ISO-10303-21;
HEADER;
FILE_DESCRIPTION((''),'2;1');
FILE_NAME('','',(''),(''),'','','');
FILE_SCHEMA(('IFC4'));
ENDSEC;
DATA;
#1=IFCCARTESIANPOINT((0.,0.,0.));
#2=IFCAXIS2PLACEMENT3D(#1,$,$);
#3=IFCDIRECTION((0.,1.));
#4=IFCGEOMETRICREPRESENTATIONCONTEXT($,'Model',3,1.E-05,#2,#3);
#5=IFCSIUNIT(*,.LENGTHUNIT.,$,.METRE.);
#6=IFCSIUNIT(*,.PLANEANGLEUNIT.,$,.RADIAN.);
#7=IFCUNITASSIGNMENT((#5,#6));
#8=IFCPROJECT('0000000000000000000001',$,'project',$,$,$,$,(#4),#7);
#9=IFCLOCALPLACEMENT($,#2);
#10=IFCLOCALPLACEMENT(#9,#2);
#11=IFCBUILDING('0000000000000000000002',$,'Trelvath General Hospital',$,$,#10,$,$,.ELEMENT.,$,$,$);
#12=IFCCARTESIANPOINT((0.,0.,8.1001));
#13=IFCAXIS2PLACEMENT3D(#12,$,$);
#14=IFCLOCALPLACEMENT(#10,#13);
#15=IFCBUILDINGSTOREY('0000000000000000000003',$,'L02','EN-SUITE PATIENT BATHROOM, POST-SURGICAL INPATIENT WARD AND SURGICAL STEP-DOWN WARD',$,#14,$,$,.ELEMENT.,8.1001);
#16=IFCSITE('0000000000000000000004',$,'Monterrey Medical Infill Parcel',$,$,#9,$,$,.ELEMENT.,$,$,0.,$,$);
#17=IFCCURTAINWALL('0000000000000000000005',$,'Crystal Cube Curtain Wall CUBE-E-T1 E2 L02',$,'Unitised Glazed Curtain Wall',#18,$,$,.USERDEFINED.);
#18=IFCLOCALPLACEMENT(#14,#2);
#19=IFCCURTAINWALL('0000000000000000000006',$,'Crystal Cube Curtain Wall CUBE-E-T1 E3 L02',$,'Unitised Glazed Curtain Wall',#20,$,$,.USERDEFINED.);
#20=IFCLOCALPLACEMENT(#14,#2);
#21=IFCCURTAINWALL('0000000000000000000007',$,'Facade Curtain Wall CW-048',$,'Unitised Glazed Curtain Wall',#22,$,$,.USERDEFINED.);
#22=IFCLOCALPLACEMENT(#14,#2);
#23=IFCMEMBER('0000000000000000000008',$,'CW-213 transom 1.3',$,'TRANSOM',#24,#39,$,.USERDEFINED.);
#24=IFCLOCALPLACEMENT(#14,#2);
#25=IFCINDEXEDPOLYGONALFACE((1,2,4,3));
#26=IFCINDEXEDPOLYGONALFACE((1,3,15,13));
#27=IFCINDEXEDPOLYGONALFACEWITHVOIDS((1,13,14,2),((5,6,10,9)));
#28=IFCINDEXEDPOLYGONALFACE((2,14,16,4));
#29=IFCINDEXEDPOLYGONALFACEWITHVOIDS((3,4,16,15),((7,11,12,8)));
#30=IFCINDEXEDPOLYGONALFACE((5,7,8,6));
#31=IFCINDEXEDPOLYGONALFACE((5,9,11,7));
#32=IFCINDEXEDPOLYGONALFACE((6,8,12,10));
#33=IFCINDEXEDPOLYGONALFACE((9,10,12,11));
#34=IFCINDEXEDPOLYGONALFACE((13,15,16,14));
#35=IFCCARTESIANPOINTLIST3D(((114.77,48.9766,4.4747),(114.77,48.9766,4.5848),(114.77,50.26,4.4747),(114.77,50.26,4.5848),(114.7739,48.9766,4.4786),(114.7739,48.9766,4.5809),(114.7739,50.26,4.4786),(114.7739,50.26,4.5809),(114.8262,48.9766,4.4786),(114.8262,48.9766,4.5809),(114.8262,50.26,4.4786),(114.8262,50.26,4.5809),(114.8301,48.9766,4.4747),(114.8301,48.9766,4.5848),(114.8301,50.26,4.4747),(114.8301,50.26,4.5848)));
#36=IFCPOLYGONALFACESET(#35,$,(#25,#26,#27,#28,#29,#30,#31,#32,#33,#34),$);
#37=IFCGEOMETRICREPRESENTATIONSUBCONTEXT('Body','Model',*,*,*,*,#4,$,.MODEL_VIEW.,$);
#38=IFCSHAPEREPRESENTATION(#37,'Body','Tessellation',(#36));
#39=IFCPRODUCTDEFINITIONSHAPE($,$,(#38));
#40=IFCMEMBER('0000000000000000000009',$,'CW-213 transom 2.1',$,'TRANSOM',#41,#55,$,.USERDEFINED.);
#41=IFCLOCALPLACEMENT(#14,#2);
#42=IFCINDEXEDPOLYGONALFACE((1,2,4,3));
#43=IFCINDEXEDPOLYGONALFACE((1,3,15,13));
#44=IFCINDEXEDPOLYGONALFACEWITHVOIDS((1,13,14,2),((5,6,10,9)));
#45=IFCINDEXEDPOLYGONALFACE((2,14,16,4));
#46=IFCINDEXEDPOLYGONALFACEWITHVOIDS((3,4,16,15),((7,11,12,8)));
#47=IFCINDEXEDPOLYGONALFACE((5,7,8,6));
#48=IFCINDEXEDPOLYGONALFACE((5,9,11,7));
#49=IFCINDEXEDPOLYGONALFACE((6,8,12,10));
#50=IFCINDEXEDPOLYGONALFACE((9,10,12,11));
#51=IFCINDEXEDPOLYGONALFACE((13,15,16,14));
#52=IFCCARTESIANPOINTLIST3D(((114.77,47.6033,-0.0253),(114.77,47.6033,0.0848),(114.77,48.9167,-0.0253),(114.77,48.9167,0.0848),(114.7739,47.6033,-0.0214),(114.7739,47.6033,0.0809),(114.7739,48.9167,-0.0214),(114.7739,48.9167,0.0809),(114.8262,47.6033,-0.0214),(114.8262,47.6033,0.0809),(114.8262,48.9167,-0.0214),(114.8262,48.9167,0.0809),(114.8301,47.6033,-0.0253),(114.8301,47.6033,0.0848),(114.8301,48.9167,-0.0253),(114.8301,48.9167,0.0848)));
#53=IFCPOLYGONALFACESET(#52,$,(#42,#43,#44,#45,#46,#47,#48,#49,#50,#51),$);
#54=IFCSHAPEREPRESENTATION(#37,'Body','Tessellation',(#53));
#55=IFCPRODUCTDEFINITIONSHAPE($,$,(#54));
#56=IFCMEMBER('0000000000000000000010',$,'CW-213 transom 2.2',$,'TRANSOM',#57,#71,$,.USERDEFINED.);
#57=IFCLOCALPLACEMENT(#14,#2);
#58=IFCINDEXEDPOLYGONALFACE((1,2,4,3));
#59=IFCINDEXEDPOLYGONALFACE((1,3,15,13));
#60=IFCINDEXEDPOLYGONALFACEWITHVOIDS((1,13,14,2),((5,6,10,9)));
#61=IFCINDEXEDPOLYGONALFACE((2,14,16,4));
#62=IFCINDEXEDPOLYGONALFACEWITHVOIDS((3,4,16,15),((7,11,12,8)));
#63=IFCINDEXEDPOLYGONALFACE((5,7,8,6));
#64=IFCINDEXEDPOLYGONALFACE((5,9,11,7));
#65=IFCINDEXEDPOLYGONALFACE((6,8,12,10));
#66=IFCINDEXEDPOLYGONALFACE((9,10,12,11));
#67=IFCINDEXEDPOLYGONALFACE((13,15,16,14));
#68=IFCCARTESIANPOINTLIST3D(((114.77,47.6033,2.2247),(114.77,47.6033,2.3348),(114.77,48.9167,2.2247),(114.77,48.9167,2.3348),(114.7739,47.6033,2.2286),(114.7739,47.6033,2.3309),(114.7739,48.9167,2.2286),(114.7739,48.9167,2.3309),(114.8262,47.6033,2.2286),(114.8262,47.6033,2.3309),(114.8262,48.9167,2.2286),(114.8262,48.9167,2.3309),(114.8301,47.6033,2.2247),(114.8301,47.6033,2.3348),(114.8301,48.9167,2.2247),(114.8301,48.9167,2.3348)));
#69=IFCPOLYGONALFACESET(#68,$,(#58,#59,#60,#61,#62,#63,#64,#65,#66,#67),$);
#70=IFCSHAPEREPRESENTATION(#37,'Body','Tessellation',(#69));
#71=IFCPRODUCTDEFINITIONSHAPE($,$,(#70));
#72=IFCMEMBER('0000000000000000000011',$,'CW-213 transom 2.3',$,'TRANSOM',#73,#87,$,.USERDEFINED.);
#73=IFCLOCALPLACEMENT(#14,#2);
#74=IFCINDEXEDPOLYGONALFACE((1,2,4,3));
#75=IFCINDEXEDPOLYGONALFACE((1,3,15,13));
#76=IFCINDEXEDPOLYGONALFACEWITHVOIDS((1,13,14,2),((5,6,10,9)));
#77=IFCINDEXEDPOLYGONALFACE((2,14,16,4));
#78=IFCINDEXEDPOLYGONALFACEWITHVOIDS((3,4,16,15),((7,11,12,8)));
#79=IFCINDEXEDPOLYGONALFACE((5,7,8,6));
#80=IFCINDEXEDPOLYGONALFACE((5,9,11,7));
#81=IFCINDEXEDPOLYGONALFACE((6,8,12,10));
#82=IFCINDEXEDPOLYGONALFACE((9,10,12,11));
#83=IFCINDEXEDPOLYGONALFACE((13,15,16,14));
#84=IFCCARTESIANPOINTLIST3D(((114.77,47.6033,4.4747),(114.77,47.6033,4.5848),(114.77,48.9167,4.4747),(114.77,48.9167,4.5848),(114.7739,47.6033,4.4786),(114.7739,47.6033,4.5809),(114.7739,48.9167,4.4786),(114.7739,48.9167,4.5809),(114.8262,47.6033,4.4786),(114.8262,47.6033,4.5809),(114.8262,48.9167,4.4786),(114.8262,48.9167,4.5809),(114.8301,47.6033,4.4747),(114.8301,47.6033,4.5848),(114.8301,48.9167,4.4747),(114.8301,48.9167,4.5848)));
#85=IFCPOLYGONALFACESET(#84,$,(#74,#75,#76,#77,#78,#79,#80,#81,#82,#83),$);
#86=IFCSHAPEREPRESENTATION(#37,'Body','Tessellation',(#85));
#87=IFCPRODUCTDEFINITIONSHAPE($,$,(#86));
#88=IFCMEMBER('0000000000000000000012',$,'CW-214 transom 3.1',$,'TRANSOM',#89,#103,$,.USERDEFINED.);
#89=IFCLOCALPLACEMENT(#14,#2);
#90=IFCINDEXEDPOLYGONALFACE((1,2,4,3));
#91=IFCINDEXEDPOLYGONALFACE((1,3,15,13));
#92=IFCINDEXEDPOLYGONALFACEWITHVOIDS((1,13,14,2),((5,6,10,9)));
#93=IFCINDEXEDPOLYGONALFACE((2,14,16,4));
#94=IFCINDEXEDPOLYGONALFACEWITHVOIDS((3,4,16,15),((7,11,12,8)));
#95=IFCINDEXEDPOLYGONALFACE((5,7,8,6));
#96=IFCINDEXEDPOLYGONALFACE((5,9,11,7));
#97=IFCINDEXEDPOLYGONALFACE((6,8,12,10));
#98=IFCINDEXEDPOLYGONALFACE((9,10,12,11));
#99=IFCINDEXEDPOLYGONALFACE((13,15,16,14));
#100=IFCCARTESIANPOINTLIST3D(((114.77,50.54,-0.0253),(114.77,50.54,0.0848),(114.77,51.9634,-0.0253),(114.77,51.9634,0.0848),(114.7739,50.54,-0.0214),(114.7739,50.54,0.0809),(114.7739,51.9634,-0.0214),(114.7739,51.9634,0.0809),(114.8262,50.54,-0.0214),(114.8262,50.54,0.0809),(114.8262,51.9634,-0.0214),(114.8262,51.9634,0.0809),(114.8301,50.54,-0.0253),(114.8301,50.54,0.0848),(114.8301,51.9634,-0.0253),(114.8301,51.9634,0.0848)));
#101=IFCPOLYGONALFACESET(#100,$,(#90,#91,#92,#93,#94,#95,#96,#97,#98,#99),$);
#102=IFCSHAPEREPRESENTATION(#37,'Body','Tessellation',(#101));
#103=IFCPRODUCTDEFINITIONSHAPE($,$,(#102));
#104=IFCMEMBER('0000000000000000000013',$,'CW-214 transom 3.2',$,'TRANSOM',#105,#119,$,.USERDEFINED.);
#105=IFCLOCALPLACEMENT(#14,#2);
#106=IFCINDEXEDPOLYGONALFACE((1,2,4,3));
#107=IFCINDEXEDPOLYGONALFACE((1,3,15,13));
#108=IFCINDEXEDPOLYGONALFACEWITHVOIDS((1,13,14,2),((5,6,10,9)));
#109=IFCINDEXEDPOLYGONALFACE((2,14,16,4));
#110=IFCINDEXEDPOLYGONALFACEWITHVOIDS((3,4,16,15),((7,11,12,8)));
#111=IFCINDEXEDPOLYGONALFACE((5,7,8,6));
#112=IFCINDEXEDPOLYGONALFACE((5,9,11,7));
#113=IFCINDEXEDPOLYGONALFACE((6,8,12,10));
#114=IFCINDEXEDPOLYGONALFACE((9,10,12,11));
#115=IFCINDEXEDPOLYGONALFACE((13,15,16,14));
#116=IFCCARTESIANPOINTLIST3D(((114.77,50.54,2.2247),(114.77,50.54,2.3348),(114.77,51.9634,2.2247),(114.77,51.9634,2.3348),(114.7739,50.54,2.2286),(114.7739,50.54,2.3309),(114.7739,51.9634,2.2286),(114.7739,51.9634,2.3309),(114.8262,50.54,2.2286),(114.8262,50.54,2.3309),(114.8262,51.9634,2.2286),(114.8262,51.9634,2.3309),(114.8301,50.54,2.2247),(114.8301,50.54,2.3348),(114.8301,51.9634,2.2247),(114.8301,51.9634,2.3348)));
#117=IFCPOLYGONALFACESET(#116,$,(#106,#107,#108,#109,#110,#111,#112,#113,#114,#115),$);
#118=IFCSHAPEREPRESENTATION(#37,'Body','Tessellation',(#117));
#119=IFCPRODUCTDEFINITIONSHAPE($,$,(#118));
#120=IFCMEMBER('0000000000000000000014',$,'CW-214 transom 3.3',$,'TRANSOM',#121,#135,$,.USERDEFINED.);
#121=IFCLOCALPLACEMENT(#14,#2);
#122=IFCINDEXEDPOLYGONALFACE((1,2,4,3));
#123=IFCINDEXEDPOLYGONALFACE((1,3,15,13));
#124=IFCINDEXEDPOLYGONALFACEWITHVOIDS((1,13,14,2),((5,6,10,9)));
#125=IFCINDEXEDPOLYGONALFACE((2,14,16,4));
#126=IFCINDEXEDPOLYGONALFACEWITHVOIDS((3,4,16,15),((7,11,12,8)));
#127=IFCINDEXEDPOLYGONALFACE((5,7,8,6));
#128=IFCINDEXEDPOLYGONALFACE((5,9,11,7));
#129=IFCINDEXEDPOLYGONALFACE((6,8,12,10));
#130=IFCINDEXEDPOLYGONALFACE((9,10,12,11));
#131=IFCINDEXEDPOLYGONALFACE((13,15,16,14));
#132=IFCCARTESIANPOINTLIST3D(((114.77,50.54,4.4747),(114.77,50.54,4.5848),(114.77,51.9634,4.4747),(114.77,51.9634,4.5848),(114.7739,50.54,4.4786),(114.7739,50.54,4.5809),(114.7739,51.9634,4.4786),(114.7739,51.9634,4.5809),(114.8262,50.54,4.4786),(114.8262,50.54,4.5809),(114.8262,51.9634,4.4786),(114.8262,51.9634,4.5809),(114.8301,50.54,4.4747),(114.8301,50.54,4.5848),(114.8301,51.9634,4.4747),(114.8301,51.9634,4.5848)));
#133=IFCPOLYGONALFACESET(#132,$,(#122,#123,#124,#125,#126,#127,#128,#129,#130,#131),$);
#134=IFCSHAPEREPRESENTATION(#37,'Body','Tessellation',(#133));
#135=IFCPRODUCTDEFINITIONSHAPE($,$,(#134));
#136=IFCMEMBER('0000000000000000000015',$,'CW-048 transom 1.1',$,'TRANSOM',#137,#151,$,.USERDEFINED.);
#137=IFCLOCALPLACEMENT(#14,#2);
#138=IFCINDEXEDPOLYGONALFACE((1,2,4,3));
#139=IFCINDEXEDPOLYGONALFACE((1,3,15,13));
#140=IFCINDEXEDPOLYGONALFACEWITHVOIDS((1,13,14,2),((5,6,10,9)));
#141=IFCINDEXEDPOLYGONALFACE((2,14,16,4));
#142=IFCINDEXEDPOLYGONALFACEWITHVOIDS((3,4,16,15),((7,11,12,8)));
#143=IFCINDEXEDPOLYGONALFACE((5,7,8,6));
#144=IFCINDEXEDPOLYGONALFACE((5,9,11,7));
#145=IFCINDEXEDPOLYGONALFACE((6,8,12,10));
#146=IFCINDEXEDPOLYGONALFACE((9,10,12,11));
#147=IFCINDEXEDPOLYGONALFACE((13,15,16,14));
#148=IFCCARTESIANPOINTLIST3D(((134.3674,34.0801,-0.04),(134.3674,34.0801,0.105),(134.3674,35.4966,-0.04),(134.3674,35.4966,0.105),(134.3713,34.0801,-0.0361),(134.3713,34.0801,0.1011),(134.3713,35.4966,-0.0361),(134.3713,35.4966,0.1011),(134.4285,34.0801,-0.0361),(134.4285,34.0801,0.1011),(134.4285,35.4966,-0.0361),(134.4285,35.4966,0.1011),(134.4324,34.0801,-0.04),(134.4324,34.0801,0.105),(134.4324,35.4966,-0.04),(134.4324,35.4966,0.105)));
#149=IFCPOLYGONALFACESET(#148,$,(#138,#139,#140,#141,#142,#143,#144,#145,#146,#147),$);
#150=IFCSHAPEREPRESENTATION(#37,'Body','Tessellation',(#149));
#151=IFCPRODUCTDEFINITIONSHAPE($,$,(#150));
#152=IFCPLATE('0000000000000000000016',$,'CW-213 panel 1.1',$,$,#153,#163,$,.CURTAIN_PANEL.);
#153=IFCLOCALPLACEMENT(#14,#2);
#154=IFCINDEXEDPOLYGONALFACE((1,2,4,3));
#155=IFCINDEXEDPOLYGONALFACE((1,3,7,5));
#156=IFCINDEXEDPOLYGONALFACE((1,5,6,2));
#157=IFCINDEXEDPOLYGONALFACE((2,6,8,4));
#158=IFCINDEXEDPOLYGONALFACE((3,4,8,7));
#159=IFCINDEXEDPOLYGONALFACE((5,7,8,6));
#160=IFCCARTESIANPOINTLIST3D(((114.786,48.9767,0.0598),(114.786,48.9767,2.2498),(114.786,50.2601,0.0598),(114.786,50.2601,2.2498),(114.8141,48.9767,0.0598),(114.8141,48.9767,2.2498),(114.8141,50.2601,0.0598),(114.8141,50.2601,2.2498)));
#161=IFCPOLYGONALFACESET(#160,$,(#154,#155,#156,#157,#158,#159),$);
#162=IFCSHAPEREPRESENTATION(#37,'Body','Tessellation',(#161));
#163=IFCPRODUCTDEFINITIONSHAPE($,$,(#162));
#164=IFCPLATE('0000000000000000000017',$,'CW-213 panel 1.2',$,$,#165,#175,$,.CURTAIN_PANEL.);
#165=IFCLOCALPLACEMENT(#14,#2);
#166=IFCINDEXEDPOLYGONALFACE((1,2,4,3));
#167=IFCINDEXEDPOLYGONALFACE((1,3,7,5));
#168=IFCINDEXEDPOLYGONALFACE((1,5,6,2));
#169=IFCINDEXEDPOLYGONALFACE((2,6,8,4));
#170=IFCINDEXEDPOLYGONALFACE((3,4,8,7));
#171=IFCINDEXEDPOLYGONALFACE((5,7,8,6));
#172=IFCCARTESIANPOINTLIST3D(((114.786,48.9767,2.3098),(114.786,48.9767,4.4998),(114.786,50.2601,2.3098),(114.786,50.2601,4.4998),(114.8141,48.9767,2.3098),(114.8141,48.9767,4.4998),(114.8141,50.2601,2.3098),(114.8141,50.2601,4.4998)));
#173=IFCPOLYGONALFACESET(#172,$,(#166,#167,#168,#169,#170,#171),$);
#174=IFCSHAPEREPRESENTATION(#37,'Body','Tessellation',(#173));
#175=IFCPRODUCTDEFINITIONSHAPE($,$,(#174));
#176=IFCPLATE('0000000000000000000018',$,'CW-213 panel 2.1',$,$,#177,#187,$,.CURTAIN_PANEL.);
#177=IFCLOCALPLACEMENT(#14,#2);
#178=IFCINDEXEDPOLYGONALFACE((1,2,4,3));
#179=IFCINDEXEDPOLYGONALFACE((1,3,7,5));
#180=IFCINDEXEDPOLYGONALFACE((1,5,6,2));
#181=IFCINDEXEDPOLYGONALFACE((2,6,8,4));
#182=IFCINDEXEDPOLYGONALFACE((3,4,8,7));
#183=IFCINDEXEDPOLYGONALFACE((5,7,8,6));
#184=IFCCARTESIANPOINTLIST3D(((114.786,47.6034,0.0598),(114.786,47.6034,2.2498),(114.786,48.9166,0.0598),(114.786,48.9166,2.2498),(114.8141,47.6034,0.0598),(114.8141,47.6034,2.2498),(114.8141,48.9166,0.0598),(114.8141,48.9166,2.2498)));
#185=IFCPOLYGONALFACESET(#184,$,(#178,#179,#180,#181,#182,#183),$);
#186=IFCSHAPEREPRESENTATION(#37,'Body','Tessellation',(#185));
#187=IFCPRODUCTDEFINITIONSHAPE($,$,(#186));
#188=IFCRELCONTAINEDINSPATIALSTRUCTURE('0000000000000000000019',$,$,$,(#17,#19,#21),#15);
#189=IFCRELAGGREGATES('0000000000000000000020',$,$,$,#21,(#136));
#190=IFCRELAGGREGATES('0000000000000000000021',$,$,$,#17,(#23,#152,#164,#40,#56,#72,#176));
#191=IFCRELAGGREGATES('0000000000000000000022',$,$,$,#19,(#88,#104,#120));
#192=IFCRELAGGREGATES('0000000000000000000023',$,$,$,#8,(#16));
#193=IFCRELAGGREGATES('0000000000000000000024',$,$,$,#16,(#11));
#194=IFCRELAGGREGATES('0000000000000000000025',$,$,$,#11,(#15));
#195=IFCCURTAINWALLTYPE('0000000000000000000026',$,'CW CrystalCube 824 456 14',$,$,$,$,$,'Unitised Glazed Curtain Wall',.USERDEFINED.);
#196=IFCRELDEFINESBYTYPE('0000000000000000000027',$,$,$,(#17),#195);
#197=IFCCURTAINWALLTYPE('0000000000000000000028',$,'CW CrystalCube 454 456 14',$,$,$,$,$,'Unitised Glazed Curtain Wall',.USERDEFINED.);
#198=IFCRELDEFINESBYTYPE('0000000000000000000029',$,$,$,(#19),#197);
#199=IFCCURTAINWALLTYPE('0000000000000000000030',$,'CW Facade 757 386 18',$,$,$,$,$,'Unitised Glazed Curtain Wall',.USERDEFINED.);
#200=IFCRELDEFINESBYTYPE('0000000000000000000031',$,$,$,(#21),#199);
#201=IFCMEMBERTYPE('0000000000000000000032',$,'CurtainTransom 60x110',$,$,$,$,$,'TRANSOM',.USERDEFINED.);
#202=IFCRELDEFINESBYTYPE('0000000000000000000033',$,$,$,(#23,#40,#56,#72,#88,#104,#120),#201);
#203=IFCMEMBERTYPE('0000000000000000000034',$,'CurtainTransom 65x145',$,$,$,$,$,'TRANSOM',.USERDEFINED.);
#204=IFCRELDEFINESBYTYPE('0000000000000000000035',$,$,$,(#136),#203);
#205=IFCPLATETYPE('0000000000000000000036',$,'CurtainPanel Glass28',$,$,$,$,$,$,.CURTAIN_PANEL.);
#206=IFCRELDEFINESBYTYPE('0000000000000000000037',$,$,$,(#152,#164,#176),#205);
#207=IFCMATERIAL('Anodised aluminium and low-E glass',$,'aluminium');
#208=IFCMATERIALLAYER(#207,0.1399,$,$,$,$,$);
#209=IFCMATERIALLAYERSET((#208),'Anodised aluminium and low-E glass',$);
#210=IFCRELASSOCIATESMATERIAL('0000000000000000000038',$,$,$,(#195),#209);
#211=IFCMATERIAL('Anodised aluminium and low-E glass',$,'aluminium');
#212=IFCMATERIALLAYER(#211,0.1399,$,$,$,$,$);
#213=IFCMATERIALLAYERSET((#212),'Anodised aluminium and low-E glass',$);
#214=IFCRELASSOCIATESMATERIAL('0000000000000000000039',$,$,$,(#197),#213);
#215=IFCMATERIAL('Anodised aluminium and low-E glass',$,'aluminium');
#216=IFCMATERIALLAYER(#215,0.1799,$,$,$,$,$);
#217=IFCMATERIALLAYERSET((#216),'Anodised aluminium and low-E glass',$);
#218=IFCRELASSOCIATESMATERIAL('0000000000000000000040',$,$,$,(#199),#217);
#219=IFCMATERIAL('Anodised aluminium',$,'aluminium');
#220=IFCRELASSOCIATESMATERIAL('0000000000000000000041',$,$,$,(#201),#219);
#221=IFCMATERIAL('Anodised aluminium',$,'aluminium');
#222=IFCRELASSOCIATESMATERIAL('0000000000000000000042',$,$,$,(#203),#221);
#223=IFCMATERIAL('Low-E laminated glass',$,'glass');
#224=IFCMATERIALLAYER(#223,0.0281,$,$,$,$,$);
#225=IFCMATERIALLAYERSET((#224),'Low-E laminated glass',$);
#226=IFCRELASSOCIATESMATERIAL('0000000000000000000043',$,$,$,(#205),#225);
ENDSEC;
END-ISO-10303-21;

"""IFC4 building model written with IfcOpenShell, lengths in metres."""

from ifc_helpers import new_model, si_unit, direction, frame, origin, origin_2d, place, context, subcontext, project, spatial, rectangle, hollow_rectangle, extrude, material, layer, layer_set, material_profile, profile_set, type_object, element, aggregate, save


model = new_model("IFC4")

# Units and contexts
model_context = context("Model", 3, precision=1e-05, world=origin(), true_north=direction((0.0, 1.0)))
body_context = subcontext(model_context, "Body", "Model", "MODEL_VIEW")
ifc_project = project(units=[si_unit("LENGTHUNIT", "METRE"), si_unit("PLANEANGLEUNIT", "RADIAN")], contexts=[model_context])

# Site, building, storey
site_placement = place(None, origin())
site = spatial("IfcSite", under=ifc_project, at=site_placement, Name="Monterrey Medical Infill Parcel", CompositionType="ELEMENT", RefElevation=0.0)
building_placement = place(site_placement, origin())
building = spatial("IfcBuilding", under=site, at=building_placement, Name="Trelvath General Hospital", CompositionType="ELEMENT")
storey_placement = place(building_placement, frame((0.0, 0.0, 8.1001)))
storey = spatial("IfcBuildingStorey", under=building, at=storey_placement, Name="L02", Description="EN-SUITE PATIENT BATHROOM, POST-SURGICAL INPATIENT WARD AND SURGICAL STEP-DOWN WARD", CompositionType="ELEMENT", Elevation=8.1001)

# Curtain walls
ifc_material_1 = material(Name="Anodised aluminium and low-E glass", Category="aluminium")
ifc_layer_1 = layer(ifc_material_1, 0.1399)
ifc_layer_set_1 = layer_set([ifc_layer_1], Name="Anodised aluminium and low-E glass")
curtain_wall_type_1 = type_object("IfcCurtainWallType", Name="CW CrystalCube 824 456 14", ElementType="Unitised Glazed Curtain Wall", PredefinedType="USERDEFINED", material=ifc_layer_set_1)
curtain_wall_1_placement = place(storey_placement, origin())
curtain_wall_1 = element("IfcCurtainWall", 1, at=curtain_wall_1_placement, inside=storey, type_object=curtain_wall_type_1, Name="Crystal Cube Curtain Wall CUBE-E-T1 E2 L02", ObjectType="Unitised Glazed Curtain Wall", PredefinedType="USERDEFINED")
ifc_material_2 = material(Name="Anodised aluminium and low-E glass", Category="aluminium")
ifc_layer_2 = layer(ifc_material_2, 0.1399)
ifc_layer_set_2 = layer_set([ifc_layer_2], Name="Anodised aluminium and low-E glass")
curtain_wall_type_2 = type_object("IfcCurtainWallType", Name="CW CrystalCube 454 456 14", ElementType="Unitised Glazed Curtain Wall", PredefinedType="USERDEFINED", material=ifc_layer_set_2)
curtain_wall_2_placement = place(storey_placement, origin())
curtain_wall_2 = element("IfcCurtainWall", 2, at=curtain_wall_2_placement, inside=storey, type_object=curtain_wall_type_2, Name="Crystal Cube Curtain Wall CUBE-E-T1 E3 L02", ObjectType="Unitised Glazed Curtain Wall", PredefinedType="USERDEFINED")

# Curtain wall
ifc_material_3 = material(Name="Anodised aluminium and low-E glass", Category="aluminium")
ifc_layer_3 = layer(ifc_material_3, 0.1799)
ifc_layer_set_3 = layer_set([ifc_layer_3], Name="Anodised aluminium and low-E glass")
curtain_wall_type_3 = type_object("IfcCurtainWallType", Name="CW Facade 757 386 18", ElementType="Unitised Glazed Curtain Wall", PredefinedType="USERDEFINED", material=ifc_layer_set_3)
curtain_wall_3_placement = place(storey_placement, origin())
curtain_wall_3 = element("IfcCurtainWall", 3, at=curtain_wall_3_placement, inside=storey, type_object=curtain_wall_type_3, Name="Facade Curtain Wall CW-048", ObjectType="Unitised Glazed Curtain Wall", PredefinedType="USERDEFINED")

# Members
ifc_material_4 = material(Name="Anodised aluminium", Category="aluminium")
ifc_material_profile_1 = material_profile(ifc_material_4, hollow_rectangle(XDim=0.0601, YDim=0.1101, WallThickness=0.0039, at=origin_2d()), Name="RHS60x110x4")
ifc_profile_set_1 = profile_set([ifc_material_profile_1], Name="Anodised aluminium")
member_type_1 = type_object("IfcMemberType", Name="CurtainTransom 60x110", ElementType="TRANSOM", PredefinedType="USERDEFINED", material=ifc_profile_set_1)
member_1_placement = place(storey_placement, frame((114.8, 50.26, 4.5298), z_axis=(0.0, -1.0, 0.0), x_axis=(1.0, 0.0, 0.0)))
member_1 = element("IfcMember", 4, at=member_1_placement, type_object=member_type_1, Name="CW-213 transom 1.3", ObjectType="TRANSOM", PredefinedType="USERDEFINED", context=body_context, shape_type="SweptSolid", body=[
    extrude(hollow_rectangle(XDim=0.0601, YDim=0.1101, WallThickness=0.0039, at=origin_2d()), origin(), (0.0, 0.0, 1.0), 1.2834),
])
member_2_placement = place(storey_placement, frame((114.8, 48.9167, 0.0298), z_axis=(0.0, -1.0, 0.0), x_axis=(1.0, 0.0, 0.0)))
member_2 = element("IfcMember", 5, at=member_2_placement, type_object=member_type_1, Name="CW-213 transom 2.1", ObjectType="TRANSOM", PredefinedType="USERDEFINED", context=body_context, shape_type="SweptSolid", body=[
    extrude(hollow_rectangle(XDim=0.0601, YDim=0.1101, WallThickness=0.0039, at=origin_2d()), origin(), (0.0, 0.0, 1.0), 1.3135),
])
member_3_placement = place(storey_placement, frame((114.8, 48.9167, 2.2798), z_axis=(0.0, -1.0, 0.0), x_axis=(1.0, 0.0, 0.0)))
member_3 = element("IfcMember", 6, at=member_3_placement, type_object=member_type_1, Name="CW-213 transom 2.2", ObjectType="TRANSOM", PredefinedType="USERDEFINED", context=body_context, shape_type="SweptSolid", body=[
    extrude(hollow_rectangle(XDim=0.0601, YDim=0.1101, WallThickness=0.0039, at=origin_2d()), origin(), (0.0, 0.0, 1.0), 1.3135),
])
member_4_placement = place(storey_placement, frame((114.8, 48.9167, 4.5298), z_axis=(0.0, -1.0, 0.0), x_axis=(1.0, 0.0, 0.0)))
member_4 = element("IfcMember", 7, at=member_4_placement, type_object=member_type_1, Name="CW-213 transom 2.3", ObjectType="TRANSOM", PredefinedType="USERDEFINED", context=body_context, shape_type="SweptSolid", body=[
    extrude(hollow_rectangle(XDim=0.0601, YDim=0.1101, WallThickness=0.0039, at=origin_2d()), origin(), (0.0, 0.0, 1.0), 1.3135),
])
member_5_placement = place(storey_placement, frame((114.8, 51.9634, 0.0298), z_axis=(0.0, -1.0, 0.0), x_axis=(1.0, 0.0, 0.0)))
member_5 = element("IfcMember", 8, at=member_5_placement, type_object=member_type_1, Name="CW-214 transom 3.1", ObjectType="TRANSOM", PredefinedType="USERDEFINED", context=body_context, shape_type="SweptSolid", body=[
    extrude(hollow_rectangle(XDim=0.0601, YDim=0.1101, WallThickness=0.0039, at=origin_2d()), origin(), (0.0, 0.0, 1.0), 1.4233),
])
member_6_placement = place(storey_placement, frame((114.8, 51.9634, 2.2798), z_axis=(0.0, -1.0, 0.0), x_axis=(1.0, 0.0, 0.0)))
member_6 = element("IfcMember", 9, at=member_6_placement, type_object=member_type_1, Name="CW-214 transom 3.2", ObjectType="TRANSOM", PredefinedType="USERDEFINED", context=body_context, shape_type="SweptSolid", body=[
    extrude(hollow_rectangle(XDim=0.0601, YDim=0.1101, WallThickness=0.0039, at=origin_2d()), origin(), (0.0, 0.0, 1.0), 1.4233),
])
member_7_placement = place(storey_placement, frame((114.8, 51.9634, 4.5298), z_axis=(0.0, -1.0, 0.0), x_axis=(1.0, 0.0, 0.0)))
member_7 = element("IfcMember", 10, at=member_7_placement, type_object=member_type_1, Name="CW-214 transom 3.3", ObjectType="TRANSOM", PredefinedType="USERDEFINED", context=body_context, shape_type="SweptSolid", body=[
    extrude(hollow_rectangle(XDim=0.0601, YDim=0.1101, WallThickness=0.0039, at=origin_2d()), origin(), (0.0, 0.0, 1.0), 1.4233),
])
ifc_material_5 = material(Name="Anodised aluminium", Category="aluminium")
ifc_material_profile_2 = material_profile(ifc_material_5, hollow_rectangle(XDim=0.0649, YDim=0.145, WallThickness=0.0039, at=origin_2d()), Name="RHS65x145x4")
ifc_profile_set_2 = profile_set([ifc_material_profile_2], Name="Anodised aluminium")
member_type_2 = type_object("IfcMemberType", Name="CurtainTransom 65x145", ElementType="TRANSOM", PredefinedType="USERDEFINED", material=ifc_profile_set_2)
member_8_placement = place(storey_placement, frame((134.3999, 34.0801, 0.0325), z_axis=(0.0, 1.0, 0.0), x_axis=(-1.0, 0.0, 0.0)))
member_8 = element("IfcMember", 11, at=member_8_placement, type_object=member_type_2, Name="CW-048 transom 1.1", ObjectType="TRANSOM", PredefinedType="USERDEFINED", context=body_context, shape_type="SweptSolid", body=[
    extrude(hollow_rectangle(XDim=0.0649, YDim=0.145, WallThickness=0.0039, at=origin_2d()), origin(), (0.0, 0.0, 1.0), 1.4165),
])
aggregate(curtain_wall_3, [member_8])

# Plates
ifc_material_6 = material(Name="Low-E laminated glass", Category="glass")
ifc_layer_4 = layer(ifc_material_6, 0.0281)
ifc_layer_set_4 = layer_set([ifc_layer_4], Name="Low-E laminated glass")
plate_type_1 = type_object("IfcPlateType", Name="CurtainPanel Glass28", PredefinedType="CURTAIN_PANEL", material=ifc_layer_set_4)
plate_1_placement = place(storey_placement, frame((114.8, 49.6184, 0.0598), z_axis=(0.0, 0.0, 1.0), x_axis=(0.0, -1.0, 0.0)))
plate_1 = element("IfcPlate", 12, at=plate_1_placement, type_object=plate_type_1, Name="CW-213 panel 1.1", PredefinedType="CURTAIN_PANEL", context=body_context, shape_type="SweptSolid", body=[
    extrude(rectangle(XDim=1.2834, YDim=0.0281, at=origin_2d()), origin(), (0.0, 0.0, 1.0), 2.1899),
])
plate_2_placement = place(storey_placement, frame((114.8, 49.6184, 2.3098), z_axis=(0.0, 0.0, 1.0), x_axis=(0.0, -1.0, 0.0)))
plate_2 = element("IfcPlate", 13, at=plate_2_placement, type_object=plate_type_1, Name="CW-213 panel 1.2", PredefinedType="CURTAIN_PANEL", context=body_context, shape_type="SweptSolid", body=[
    extrude(rectangle(XDim=1.2834, YDim=0.0281, at=origin_2d()), origin(), (0.0, 0.0, 1.0), 2.1899),
])
plate_3_placement = place(storey_placement, frame((114.8, 48.26, 0.0598), z_axis=(0.0, 0.0, 1.0), x_axis=(0.0, -1.0, 0.0)))
plate_3 = element("IfcPlate", 14, at=plate_3_placement, type_object=plate_type_1, Name="CW-213 panel 2.1", PredefinedType="CURTAIN_PANEL", context=body_context, shape_type="SweptSolid", body=[
    extrude(rectangle(XDim=1.3132, YDim=0.0281, at=origin_2d()), origin(), (0.0, 0.0, 1.0), 2.1899),
])
aggregate(curtain_wall_1, [member_1, plate_1, plate_2, member_2, member_3, member_4, plate_3])
aggregate(curtain_wall_2, [member_5, member_6, member_7])

save(model, "model.ifc")
